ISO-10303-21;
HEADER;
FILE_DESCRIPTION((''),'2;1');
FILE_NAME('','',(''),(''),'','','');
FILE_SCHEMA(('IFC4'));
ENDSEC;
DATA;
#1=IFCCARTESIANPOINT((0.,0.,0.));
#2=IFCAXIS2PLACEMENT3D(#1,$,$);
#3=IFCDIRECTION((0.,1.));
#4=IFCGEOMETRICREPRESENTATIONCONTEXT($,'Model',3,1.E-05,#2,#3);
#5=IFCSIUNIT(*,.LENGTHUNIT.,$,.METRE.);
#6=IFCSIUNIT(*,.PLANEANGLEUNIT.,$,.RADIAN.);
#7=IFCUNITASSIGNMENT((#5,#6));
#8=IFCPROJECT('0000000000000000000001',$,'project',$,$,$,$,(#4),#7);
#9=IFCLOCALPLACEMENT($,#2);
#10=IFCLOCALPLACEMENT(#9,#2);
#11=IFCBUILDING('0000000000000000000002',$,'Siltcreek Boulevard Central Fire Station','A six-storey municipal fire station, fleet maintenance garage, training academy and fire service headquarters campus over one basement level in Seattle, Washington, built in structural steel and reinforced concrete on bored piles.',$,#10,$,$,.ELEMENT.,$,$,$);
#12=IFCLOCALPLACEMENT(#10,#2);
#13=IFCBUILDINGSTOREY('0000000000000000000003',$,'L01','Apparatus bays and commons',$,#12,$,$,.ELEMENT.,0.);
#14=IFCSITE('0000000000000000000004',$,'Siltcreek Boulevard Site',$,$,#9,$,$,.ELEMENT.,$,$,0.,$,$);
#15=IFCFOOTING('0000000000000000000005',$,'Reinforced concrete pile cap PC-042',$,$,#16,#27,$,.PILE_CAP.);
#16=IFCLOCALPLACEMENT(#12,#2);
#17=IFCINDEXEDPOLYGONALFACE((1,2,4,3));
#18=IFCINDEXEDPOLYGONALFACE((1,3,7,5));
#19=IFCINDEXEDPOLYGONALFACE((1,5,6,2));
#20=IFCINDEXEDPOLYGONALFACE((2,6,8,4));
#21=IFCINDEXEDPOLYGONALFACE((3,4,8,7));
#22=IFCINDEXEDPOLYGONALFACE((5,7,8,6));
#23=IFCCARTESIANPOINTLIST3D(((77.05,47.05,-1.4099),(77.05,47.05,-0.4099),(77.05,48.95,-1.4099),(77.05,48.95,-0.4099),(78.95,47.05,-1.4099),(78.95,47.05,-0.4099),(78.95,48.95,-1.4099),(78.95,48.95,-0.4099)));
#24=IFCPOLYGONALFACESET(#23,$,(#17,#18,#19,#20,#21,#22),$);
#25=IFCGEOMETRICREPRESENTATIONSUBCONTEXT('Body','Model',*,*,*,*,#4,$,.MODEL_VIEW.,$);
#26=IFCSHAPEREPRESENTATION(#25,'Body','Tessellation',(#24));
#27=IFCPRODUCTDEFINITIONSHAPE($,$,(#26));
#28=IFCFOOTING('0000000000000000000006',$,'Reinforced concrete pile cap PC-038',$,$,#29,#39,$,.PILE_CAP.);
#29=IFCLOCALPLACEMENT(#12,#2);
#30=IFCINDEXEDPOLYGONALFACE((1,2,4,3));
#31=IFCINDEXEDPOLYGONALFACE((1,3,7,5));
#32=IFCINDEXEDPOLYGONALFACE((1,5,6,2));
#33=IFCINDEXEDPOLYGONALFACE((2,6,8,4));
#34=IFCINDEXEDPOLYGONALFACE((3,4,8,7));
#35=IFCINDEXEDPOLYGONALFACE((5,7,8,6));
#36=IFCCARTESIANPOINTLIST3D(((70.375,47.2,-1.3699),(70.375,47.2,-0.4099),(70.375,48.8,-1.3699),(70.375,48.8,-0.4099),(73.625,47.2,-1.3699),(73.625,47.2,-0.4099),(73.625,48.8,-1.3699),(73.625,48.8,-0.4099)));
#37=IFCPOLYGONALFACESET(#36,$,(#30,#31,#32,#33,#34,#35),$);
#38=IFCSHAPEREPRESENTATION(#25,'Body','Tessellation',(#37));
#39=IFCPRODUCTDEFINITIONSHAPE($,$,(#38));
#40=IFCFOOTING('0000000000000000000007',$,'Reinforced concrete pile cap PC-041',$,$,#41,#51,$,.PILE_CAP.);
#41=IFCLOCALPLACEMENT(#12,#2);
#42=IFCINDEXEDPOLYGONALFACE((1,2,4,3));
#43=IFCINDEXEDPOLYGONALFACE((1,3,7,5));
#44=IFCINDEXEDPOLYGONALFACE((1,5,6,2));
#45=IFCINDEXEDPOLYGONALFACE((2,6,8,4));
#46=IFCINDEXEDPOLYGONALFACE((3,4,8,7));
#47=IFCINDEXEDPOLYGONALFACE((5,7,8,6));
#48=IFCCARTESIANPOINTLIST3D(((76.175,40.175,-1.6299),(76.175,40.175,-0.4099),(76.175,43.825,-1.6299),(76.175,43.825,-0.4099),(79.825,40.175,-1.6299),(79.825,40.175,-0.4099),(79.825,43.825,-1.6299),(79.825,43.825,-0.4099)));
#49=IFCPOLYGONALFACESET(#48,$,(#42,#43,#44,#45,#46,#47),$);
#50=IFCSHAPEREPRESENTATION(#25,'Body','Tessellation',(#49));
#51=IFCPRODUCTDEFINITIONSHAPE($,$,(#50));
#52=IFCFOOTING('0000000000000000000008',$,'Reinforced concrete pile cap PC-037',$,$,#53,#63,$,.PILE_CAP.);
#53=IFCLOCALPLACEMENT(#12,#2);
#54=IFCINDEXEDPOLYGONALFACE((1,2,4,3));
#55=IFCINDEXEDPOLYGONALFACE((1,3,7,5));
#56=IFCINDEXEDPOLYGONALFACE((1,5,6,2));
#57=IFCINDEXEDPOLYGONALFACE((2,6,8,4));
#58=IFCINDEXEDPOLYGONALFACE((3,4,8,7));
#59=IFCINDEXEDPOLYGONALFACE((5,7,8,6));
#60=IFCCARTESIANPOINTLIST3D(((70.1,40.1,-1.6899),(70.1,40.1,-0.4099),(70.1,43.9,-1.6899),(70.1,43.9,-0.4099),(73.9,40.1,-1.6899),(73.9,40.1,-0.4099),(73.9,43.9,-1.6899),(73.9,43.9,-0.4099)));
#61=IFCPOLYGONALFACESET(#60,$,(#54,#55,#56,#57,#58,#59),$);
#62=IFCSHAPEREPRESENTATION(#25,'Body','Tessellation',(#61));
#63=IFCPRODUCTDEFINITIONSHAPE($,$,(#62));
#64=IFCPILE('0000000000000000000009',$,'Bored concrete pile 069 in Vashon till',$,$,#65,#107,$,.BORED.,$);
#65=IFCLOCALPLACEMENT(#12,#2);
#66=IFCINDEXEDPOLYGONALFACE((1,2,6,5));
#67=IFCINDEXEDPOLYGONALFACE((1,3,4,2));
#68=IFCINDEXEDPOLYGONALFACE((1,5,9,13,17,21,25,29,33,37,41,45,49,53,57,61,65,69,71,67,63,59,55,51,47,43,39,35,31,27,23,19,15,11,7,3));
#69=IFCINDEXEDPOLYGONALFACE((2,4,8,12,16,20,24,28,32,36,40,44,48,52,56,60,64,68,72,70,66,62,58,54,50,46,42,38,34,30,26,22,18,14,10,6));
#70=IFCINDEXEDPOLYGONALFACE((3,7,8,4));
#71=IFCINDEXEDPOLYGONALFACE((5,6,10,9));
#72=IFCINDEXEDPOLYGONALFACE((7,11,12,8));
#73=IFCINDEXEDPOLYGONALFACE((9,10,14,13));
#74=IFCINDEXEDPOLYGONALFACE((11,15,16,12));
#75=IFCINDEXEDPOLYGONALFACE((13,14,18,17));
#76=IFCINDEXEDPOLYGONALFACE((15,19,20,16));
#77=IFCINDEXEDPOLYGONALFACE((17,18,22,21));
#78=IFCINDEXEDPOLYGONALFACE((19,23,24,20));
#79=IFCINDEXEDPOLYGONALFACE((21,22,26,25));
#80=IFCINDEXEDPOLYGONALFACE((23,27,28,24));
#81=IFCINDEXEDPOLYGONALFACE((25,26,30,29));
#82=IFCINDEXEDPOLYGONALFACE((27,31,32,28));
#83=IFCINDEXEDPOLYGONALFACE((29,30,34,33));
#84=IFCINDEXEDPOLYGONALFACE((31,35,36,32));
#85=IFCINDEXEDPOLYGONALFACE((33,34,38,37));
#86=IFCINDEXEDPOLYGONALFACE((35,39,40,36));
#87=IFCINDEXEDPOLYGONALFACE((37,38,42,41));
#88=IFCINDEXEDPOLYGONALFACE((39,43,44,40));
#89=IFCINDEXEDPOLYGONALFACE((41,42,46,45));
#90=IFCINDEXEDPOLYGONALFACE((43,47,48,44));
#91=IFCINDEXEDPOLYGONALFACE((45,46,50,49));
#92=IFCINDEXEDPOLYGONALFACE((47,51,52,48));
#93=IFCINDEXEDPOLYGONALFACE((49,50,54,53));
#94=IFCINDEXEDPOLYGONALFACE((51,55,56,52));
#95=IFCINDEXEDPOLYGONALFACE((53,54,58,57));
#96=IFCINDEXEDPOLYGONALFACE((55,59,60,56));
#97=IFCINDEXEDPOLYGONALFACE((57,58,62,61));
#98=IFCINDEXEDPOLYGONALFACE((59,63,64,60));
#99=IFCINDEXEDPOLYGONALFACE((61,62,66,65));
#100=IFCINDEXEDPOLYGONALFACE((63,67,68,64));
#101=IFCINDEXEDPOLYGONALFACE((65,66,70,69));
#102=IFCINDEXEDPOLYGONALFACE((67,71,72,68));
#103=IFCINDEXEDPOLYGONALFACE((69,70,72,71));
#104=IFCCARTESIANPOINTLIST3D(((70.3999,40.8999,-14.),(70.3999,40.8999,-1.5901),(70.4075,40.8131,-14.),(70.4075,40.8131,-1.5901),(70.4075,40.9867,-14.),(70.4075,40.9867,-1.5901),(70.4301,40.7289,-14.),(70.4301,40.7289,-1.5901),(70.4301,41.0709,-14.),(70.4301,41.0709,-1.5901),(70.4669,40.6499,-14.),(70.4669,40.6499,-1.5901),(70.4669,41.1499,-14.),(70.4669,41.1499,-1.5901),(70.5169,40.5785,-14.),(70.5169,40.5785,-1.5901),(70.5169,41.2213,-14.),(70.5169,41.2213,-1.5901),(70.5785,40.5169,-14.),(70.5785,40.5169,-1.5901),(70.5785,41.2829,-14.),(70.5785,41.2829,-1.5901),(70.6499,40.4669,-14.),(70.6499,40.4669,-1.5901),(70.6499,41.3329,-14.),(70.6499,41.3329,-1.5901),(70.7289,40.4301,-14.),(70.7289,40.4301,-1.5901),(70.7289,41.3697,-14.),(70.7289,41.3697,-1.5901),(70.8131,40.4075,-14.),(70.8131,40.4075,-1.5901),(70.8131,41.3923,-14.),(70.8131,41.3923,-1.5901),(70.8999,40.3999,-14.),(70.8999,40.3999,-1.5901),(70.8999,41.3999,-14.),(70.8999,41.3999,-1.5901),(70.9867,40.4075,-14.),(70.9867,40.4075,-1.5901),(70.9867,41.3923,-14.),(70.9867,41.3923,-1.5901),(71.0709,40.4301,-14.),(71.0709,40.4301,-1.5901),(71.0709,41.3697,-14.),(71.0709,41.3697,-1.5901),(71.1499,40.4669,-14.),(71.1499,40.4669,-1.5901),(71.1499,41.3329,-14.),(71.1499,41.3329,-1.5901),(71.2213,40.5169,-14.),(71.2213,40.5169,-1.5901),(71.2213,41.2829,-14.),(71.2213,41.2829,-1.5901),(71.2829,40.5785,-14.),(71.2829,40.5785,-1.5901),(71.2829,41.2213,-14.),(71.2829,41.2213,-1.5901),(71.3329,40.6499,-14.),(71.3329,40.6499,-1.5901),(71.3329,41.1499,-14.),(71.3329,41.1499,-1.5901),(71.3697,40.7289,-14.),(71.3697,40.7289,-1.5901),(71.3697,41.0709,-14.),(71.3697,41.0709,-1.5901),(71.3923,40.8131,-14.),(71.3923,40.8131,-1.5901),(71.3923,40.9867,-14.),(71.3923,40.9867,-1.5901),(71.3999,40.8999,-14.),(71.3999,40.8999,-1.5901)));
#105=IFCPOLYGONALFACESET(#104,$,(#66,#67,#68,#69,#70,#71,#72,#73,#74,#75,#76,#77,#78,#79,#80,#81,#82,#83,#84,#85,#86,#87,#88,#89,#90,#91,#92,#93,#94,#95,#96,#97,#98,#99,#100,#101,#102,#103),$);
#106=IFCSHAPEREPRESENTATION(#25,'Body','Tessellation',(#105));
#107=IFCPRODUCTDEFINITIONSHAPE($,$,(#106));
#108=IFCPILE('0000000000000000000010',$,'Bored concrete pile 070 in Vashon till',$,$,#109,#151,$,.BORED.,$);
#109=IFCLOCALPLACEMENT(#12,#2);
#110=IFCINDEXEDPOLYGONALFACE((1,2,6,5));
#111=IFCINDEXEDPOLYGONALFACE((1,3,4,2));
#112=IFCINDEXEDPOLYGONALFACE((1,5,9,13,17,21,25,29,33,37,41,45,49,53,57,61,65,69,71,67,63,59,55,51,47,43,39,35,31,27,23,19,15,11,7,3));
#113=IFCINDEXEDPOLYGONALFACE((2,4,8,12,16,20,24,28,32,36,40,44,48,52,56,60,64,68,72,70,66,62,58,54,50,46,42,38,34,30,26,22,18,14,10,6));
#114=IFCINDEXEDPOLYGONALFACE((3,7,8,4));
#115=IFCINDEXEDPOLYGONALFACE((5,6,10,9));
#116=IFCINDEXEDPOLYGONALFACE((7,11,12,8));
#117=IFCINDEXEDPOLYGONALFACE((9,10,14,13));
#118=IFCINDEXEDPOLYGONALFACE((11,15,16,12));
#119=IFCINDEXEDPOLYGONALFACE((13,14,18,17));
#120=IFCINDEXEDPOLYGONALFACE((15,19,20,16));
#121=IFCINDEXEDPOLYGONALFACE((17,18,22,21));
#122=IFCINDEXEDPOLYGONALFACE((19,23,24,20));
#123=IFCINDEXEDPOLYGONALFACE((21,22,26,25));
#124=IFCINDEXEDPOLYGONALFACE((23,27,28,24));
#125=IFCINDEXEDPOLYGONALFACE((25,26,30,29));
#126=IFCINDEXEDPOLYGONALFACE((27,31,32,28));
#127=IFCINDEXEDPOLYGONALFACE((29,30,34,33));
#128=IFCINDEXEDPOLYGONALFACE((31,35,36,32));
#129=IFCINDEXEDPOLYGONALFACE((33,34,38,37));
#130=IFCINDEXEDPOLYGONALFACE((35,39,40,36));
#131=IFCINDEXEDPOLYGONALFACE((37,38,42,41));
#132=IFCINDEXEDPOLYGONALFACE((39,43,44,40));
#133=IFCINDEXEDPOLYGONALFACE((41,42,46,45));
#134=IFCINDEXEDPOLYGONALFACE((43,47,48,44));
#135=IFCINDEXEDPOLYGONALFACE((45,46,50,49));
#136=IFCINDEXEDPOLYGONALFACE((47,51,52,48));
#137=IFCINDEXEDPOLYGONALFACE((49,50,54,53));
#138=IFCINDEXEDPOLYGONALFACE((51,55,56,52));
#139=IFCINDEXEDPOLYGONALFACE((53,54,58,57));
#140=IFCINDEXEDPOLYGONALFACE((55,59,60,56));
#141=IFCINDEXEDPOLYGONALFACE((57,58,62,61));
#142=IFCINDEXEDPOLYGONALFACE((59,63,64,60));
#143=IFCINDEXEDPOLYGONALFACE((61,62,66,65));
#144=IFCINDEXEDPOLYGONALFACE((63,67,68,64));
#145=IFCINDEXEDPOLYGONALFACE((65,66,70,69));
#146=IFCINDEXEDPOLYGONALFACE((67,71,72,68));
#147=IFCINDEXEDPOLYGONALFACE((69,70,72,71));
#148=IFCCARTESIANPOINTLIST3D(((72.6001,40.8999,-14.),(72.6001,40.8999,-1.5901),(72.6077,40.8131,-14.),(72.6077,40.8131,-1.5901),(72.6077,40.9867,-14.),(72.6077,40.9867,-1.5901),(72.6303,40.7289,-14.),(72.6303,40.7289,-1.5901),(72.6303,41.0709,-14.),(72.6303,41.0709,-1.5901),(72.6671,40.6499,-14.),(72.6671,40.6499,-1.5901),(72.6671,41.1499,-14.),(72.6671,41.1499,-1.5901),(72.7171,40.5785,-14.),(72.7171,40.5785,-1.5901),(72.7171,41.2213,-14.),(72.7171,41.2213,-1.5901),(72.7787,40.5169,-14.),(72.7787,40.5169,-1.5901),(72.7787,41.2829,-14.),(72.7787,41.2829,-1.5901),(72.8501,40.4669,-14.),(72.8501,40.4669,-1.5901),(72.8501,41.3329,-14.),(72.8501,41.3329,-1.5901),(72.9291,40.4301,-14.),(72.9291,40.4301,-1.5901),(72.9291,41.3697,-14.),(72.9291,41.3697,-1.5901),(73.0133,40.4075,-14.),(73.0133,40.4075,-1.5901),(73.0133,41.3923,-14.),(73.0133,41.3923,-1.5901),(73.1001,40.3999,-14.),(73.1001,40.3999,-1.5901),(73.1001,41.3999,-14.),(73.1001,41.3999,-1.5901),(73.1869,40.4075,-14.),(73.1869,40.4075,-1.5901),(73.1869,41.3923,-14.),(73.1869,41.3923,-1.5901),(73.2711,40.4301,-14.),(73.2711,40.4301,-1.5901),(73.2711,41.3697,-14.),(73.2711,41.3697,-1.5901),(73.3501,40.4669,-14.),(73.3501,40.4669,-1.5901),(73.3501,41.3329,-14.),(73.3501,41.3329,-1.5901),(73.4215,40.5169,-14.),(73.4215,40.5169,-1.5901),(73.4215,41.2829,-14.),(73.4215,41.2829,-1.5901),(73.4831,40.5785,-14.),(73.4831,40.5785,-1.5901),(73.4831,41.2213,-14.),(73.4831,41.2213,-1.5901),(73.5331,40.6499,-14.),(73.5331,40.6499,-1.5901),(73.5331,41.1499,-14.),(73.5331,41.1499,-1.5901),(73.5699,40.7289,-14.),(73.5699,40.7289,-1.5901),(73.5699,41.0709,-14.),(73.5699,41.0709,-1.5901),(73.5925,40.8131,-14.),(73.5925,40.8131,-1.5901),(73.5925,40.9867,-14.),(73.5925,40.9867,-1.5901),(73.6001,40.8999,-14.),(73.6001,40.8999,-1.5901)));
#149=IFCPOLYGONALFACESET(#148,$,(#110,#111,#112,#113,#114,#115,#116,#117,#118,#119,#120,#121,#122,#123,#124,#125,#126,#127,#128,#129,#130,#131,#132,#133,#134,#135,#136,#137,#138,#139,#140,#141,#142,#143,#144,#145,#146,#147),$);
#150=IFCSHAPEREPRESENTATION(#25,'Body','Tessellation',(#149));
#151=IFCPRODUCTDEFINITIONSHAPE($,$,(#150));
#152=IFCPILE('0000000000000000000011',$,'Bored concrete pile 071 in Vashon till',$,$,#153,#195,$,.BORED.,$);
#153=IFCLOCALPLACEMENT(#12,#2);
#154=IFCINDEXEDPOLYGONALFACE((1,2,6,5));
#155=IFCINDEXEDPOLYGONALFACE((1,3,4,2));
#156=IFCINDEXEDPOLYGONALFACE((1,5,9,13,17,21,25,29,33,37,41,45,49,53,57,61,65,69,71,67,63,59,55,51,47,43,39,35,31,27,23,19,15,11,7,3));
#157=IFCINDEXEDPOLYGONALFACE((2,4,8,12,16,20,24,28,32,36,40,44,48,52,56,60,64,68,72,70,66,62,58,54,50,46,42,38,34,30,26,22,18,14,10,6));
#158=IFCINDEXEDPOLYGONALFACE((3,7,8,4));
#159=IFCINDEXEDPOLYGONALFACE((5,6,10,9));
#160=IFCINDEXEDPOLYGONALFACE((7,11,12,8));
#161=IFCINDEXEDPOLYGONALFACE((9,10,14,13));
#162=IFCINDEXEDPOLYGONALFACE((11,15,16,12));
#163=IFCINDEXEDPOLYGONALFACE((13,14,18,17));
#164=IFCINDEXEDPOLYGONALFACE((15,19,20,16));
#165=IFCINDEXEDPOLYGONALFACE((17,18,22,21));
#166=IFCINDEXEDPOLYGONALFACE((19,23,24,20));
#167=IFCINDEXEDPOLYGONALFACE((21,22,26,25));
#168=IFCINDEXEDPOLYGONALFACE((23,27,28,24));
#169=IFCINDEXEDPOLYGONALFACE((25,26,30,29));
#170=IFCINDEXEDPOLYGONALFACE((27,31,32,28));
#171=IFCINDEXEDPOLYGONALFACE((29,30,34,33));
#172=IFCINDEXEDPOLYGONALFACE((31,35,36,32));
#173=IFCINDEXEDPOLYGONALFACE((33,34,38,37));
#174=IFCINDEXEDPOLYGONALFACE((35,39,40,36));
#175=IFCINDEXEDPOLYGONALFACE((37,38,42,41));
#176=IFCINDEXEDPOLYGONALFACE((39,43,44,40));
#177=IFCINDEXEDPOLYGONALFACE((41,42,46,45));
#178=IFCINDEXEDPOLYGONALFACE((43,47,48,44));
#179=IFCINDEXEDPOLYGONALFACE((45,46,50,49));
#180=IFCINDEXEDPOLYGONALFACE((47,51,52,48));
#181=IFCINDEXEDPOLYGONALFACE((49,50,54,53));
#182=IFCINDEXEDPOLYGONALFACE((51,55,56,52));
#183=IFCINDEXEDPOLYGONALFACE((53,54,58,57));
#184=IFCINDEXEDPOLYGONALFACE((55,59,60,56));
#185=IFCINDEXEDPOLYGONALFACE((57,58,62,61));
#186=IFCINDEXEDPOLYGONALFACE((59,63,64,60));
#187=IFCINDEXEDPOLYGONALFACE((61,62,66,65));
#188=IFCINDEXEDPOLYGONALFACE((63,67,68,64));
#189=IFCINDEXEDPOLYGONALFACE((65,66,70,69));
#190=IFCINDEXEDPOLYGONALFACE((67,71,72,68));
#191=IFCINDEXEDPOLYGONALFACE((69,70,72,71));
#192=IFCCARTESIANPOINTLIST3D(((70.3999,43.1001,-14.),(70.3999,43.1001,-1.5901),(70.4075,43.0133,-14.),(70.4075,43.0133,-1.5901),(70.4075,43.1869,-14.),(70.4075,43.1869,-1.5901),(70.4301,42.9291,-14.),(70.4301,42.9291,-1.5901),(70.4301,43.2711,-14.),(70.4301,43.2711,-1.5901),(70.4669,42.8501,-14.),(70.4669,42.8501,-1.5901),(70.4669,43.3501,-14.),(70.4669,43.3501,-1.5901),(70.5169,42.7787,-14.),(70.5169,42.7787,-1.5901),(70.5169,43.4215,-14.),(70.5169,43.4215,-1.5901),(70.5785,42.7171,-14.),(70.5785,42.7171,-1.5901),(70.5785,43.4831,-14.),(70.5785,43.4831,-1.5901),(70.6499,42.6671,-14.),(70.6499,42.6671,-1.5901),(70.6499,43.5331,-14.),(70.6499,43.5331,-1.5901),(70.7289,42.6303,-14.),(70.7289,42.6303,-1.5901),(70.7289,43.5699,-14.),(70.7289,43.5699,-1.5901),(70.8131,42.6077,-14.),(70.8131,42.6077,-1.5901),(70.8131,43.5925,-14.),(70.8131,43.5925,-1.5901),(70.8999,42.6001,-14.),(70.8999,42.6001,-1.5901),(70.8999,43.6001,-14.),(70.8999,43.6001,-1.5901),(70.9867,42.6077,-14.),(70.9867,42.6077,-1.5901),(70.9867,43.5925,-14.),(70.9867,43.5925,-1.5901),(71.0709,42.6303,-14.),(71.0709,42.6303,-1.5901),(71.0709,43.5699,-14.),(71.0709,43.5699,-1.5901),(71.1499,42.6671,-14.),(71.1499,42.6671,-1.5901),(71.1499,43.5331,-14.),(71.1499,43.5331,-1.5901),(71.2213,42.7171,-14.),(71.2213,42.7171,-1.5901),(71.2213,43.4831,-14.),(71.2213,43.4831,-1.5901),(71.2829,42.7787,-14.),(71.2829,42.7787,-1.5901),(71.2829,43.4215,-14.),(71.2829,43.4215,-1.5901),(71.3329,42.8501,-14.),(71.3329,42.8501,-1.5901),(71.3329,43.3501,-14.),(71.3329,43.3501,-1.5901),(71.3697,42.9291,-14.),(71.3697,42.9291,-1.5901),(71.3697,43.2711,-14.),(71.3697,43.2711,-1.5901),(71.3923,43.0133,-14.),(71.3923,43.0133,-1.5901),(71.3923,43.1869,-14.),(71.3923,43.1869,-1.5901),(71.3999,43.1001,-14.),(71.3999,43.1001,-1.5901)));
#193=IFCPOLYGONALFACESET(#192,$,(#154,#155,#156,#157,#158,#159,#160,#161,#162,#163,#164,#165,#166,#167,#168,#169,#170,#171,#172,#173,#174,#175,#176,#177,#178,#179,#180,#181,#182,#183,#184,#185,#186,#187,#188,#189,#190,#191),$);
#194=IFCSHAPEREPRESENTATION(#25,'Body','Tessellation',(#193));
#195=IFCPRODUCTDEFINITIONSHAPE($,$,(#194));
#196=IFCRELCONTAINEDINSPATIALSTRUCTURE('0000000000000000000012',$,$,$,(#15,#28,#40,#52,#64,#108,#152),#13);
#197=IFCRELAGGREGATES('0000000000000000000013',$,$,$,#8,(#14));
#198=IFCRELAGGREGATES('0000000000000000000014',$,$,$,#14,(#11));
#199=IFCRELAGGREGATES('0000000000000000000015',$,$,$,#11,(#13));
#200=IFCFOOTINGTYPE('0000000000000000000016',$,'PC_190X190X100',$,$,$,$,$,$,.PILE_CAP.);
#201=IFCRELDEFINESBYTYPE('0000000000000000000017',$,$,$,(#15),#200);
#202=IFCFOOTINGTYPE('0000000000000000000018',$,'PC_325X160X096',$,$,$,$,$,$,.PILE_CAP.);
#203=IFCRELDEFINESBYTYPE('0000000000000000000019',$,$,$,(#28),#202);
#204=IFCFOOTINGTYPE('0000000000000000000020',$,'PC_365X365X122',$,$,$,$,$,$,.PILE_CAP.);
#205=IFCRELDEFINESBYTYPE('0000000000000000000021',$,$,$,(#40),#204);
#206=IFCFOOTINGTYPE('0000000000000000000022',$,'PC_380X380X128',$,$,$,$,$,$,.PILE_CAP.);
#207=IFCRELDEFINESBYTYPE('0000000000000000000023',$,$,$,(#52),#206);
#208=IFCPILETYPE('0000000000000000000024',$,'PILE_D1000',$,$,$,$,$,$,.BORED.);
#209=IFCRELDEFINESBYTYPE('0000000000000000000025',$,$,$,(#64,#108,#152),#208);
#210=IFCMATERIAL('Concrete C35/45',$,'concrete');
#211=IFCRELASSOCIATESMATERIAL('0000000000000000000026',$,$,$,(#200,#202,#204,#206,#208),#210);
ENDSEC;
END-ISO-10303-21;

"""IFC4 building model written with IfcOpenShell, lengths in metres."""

from ifc_helpers import new_model, si_unit, direction, frame, origin, origin_2d, place, context, subcontext, project, spatial, rectangle, circle, extrude, material, material_profile, profile_set, type_object, element, save


model = new_model("IFC4")

# Units and contexts
model_context = context("Model", 3, precision=1e-05, world=origin(), true_north=direction((0.0, 1.0)))
body_context = subcontext(model_context, "Body", "Model", "MODEL_VIEW")
ifc_project = project(units=[si_unit("LENGTHUNIT", "METRE"), si_unit("PLANEANGLEUNIT", "RADIAN")], contexts=[model_context])

# Site, building, storey
site_placement = place(None, origin())
site = spatial("IfcSite", under=ifc_project, at=site_placement, Name="Siltcreek Boulevard Site", CompositionType="ELEMENT", RefElevation=0.0)
building_placement = place(site_placement, origin())
building = spatial("IfcBuilding", under=site, at=building_placement, Name="Siltcreek Boulevard Central Fire Station", Description="A six-storey municipal fire station, fleet maintenance garage, training academy and fire service headquarters campus over one basement level in Seattle, Washington, built in structural steel and reinforced concrete on bored piles.", CompositionType="ELEMENT")
storey_placement = place(building_placement, origin())
storey = spatial("IfcBuildingStorey", under=building, at=storey_placement, Name="L01", Description="Apparatus bays and commons", CompositionType="ELEMENT", Elevation=0.0)

# Footings
ifc_material_1 = material(Name="Concrete C35/45", Category="concrete")
footing_type_1 = type_object("IfcFootingType", Name="PC_190X190X100", PredefinedType="PILE_CAP", material=ifc_material_1)
footing_1_placement = place(storey_placement, frame((78.0, 48.0, -1.4099), z_axis=(0.0, 0.0, 1.0), x_axis=(1.0, 0.0, 0.0)))
element("IfcFooting", 1, at=footing_1_placement, inside=storey, type_object=footing_type_1, Name="Reinforced concrete pile cap PC-042", PredefinedType="PILE_CAP", context=body_context, shape_type="SweptSolid", body=[
    extrude(rectangle(XDim=1.8999, YDim=1.8999, at=origin_2d()), origin(), (0.0, 0.0, 1.0), 1.0),
])
footing_type_2 = type_object("IfcFootingType", Name="PC_325X160X096", PredefinedType="PILE_CAP", material=ifc_material_1)
footing_2_placement = place(storey_placement, frame((72.0, 48.0, -1.3699), z_axis=(0.0, 0.0, 1.0), x_axis=(1.0, 0.0, 0.0)))
element("IfcFooting", 2, at=footing_2_placement, inside=storey, type_object=footing_type_2, Name="Reinforced concrete pile cap PC-038", PredefinedType="PILE_CAP", context=body_context, shape_type="SweptSolid", body=[
    extrude(rectangle(XDim=3.25, YDim=1.6001, at=origin_2d()), origin(), (0.0, 0.0, 1.0), 0.96),
])
footing_type_3 = type_object("IfcFootingType", Name="PC_365X365X122", PredefinedType="PILE_CAP", material=ifc_material_1)
footing_3_placement = place(storey_placement, frame((78.0, 42.0, -1.6299), z_axis=(0.0, 0.0, 1.0), x_axis=(1.0, 0.0, 0.0)))
element("IfcFooting", 3, at=footing_3_placement, inside=storey, type_object=footing_type_3, Name="Reinforced concrete pile cap PC-041", PredefinedType="PILE_CAP", context=body_context, shape_type="SweptSolid", body=[
    extrude(rectangle(XDim=3.6499, YDim=3.6499, at=origin_2d()), origin(), (0.0, 0.0, 1.0), 1.22),
])
footing_type_4 = type_object("IfcFootingType", Name="PC_380X380X128", PredefinedType="PILE_CAP", material=ifc_material_1)
footing_4_placement = place(storey_placement, frame((72.0, 42.0, -1.6899), z_axis=(0.0, 0.0, 1.0), x_axis=(1.0, 0.0, 0.0)))
element("IfcFooting", 4, at=footing_4_placement, inside=storey, type_object=footing_type_4, Name="Reinforced concrete pile cap PC-037", PredefinedType="PILE_CAP", context=body_context, shape_type="SweptSolid", body=[
    extrude(rectangle(XDim=3.8, YDim=3.8, at=origin_2d()), origin(), (0.0, 0.0, 1.0), 1.28),
])

# Piles
ifc_material_profile_1 = material_profile(ifc_material_1, circle(Radius=0.5, at=origin_2d()), Name="SHAFT1000")
ifc_profile_set_1 = profile_set([ifc_material_profile_1], Name="Concrete C35/45")
pile_type_1 = type_object("IfcPileType", Name="PILE_D1000", PredefinedType="BORED", material=ifc_profile_set_1)
for number, where, z_axis, x_axis, name in (
    (5, (70.8999, 40.8999, -1.5901), (0.0, 0.0, -1.0), (1.0, 0.0, 0.0), "Bored concrete pile 069 in Vashon till"),
    (6, (73.1001, 40.8999, -1.5901), (0.0, 0.0, -1.0), (1.0, 0.0, 0.0), "Bored concrete pile 070 in Vashon till"),
    (7, (70.8999, 43.1001, -1.5901), (0.0, 0.0, -1.0), (1.0, 0.0, 0.0), "Bored concrete pile 071 in Vashon till"),
):
    element("IfcPile", number, at=place(storey_placement, frame(where, z_axis=z_axis, x_axis=x_axis)), inside=storey, type_object=pile_type_1, Name=name, PredefinedType="BORED", context=body_context, shape_type="SweptSolid", body=[
        extrude(circle(Radius=0.5, at=origin_2d()), origin(), (0.0, 0.0, 1.0), 12.4099),
    ])

save(model, "model.ifc")
